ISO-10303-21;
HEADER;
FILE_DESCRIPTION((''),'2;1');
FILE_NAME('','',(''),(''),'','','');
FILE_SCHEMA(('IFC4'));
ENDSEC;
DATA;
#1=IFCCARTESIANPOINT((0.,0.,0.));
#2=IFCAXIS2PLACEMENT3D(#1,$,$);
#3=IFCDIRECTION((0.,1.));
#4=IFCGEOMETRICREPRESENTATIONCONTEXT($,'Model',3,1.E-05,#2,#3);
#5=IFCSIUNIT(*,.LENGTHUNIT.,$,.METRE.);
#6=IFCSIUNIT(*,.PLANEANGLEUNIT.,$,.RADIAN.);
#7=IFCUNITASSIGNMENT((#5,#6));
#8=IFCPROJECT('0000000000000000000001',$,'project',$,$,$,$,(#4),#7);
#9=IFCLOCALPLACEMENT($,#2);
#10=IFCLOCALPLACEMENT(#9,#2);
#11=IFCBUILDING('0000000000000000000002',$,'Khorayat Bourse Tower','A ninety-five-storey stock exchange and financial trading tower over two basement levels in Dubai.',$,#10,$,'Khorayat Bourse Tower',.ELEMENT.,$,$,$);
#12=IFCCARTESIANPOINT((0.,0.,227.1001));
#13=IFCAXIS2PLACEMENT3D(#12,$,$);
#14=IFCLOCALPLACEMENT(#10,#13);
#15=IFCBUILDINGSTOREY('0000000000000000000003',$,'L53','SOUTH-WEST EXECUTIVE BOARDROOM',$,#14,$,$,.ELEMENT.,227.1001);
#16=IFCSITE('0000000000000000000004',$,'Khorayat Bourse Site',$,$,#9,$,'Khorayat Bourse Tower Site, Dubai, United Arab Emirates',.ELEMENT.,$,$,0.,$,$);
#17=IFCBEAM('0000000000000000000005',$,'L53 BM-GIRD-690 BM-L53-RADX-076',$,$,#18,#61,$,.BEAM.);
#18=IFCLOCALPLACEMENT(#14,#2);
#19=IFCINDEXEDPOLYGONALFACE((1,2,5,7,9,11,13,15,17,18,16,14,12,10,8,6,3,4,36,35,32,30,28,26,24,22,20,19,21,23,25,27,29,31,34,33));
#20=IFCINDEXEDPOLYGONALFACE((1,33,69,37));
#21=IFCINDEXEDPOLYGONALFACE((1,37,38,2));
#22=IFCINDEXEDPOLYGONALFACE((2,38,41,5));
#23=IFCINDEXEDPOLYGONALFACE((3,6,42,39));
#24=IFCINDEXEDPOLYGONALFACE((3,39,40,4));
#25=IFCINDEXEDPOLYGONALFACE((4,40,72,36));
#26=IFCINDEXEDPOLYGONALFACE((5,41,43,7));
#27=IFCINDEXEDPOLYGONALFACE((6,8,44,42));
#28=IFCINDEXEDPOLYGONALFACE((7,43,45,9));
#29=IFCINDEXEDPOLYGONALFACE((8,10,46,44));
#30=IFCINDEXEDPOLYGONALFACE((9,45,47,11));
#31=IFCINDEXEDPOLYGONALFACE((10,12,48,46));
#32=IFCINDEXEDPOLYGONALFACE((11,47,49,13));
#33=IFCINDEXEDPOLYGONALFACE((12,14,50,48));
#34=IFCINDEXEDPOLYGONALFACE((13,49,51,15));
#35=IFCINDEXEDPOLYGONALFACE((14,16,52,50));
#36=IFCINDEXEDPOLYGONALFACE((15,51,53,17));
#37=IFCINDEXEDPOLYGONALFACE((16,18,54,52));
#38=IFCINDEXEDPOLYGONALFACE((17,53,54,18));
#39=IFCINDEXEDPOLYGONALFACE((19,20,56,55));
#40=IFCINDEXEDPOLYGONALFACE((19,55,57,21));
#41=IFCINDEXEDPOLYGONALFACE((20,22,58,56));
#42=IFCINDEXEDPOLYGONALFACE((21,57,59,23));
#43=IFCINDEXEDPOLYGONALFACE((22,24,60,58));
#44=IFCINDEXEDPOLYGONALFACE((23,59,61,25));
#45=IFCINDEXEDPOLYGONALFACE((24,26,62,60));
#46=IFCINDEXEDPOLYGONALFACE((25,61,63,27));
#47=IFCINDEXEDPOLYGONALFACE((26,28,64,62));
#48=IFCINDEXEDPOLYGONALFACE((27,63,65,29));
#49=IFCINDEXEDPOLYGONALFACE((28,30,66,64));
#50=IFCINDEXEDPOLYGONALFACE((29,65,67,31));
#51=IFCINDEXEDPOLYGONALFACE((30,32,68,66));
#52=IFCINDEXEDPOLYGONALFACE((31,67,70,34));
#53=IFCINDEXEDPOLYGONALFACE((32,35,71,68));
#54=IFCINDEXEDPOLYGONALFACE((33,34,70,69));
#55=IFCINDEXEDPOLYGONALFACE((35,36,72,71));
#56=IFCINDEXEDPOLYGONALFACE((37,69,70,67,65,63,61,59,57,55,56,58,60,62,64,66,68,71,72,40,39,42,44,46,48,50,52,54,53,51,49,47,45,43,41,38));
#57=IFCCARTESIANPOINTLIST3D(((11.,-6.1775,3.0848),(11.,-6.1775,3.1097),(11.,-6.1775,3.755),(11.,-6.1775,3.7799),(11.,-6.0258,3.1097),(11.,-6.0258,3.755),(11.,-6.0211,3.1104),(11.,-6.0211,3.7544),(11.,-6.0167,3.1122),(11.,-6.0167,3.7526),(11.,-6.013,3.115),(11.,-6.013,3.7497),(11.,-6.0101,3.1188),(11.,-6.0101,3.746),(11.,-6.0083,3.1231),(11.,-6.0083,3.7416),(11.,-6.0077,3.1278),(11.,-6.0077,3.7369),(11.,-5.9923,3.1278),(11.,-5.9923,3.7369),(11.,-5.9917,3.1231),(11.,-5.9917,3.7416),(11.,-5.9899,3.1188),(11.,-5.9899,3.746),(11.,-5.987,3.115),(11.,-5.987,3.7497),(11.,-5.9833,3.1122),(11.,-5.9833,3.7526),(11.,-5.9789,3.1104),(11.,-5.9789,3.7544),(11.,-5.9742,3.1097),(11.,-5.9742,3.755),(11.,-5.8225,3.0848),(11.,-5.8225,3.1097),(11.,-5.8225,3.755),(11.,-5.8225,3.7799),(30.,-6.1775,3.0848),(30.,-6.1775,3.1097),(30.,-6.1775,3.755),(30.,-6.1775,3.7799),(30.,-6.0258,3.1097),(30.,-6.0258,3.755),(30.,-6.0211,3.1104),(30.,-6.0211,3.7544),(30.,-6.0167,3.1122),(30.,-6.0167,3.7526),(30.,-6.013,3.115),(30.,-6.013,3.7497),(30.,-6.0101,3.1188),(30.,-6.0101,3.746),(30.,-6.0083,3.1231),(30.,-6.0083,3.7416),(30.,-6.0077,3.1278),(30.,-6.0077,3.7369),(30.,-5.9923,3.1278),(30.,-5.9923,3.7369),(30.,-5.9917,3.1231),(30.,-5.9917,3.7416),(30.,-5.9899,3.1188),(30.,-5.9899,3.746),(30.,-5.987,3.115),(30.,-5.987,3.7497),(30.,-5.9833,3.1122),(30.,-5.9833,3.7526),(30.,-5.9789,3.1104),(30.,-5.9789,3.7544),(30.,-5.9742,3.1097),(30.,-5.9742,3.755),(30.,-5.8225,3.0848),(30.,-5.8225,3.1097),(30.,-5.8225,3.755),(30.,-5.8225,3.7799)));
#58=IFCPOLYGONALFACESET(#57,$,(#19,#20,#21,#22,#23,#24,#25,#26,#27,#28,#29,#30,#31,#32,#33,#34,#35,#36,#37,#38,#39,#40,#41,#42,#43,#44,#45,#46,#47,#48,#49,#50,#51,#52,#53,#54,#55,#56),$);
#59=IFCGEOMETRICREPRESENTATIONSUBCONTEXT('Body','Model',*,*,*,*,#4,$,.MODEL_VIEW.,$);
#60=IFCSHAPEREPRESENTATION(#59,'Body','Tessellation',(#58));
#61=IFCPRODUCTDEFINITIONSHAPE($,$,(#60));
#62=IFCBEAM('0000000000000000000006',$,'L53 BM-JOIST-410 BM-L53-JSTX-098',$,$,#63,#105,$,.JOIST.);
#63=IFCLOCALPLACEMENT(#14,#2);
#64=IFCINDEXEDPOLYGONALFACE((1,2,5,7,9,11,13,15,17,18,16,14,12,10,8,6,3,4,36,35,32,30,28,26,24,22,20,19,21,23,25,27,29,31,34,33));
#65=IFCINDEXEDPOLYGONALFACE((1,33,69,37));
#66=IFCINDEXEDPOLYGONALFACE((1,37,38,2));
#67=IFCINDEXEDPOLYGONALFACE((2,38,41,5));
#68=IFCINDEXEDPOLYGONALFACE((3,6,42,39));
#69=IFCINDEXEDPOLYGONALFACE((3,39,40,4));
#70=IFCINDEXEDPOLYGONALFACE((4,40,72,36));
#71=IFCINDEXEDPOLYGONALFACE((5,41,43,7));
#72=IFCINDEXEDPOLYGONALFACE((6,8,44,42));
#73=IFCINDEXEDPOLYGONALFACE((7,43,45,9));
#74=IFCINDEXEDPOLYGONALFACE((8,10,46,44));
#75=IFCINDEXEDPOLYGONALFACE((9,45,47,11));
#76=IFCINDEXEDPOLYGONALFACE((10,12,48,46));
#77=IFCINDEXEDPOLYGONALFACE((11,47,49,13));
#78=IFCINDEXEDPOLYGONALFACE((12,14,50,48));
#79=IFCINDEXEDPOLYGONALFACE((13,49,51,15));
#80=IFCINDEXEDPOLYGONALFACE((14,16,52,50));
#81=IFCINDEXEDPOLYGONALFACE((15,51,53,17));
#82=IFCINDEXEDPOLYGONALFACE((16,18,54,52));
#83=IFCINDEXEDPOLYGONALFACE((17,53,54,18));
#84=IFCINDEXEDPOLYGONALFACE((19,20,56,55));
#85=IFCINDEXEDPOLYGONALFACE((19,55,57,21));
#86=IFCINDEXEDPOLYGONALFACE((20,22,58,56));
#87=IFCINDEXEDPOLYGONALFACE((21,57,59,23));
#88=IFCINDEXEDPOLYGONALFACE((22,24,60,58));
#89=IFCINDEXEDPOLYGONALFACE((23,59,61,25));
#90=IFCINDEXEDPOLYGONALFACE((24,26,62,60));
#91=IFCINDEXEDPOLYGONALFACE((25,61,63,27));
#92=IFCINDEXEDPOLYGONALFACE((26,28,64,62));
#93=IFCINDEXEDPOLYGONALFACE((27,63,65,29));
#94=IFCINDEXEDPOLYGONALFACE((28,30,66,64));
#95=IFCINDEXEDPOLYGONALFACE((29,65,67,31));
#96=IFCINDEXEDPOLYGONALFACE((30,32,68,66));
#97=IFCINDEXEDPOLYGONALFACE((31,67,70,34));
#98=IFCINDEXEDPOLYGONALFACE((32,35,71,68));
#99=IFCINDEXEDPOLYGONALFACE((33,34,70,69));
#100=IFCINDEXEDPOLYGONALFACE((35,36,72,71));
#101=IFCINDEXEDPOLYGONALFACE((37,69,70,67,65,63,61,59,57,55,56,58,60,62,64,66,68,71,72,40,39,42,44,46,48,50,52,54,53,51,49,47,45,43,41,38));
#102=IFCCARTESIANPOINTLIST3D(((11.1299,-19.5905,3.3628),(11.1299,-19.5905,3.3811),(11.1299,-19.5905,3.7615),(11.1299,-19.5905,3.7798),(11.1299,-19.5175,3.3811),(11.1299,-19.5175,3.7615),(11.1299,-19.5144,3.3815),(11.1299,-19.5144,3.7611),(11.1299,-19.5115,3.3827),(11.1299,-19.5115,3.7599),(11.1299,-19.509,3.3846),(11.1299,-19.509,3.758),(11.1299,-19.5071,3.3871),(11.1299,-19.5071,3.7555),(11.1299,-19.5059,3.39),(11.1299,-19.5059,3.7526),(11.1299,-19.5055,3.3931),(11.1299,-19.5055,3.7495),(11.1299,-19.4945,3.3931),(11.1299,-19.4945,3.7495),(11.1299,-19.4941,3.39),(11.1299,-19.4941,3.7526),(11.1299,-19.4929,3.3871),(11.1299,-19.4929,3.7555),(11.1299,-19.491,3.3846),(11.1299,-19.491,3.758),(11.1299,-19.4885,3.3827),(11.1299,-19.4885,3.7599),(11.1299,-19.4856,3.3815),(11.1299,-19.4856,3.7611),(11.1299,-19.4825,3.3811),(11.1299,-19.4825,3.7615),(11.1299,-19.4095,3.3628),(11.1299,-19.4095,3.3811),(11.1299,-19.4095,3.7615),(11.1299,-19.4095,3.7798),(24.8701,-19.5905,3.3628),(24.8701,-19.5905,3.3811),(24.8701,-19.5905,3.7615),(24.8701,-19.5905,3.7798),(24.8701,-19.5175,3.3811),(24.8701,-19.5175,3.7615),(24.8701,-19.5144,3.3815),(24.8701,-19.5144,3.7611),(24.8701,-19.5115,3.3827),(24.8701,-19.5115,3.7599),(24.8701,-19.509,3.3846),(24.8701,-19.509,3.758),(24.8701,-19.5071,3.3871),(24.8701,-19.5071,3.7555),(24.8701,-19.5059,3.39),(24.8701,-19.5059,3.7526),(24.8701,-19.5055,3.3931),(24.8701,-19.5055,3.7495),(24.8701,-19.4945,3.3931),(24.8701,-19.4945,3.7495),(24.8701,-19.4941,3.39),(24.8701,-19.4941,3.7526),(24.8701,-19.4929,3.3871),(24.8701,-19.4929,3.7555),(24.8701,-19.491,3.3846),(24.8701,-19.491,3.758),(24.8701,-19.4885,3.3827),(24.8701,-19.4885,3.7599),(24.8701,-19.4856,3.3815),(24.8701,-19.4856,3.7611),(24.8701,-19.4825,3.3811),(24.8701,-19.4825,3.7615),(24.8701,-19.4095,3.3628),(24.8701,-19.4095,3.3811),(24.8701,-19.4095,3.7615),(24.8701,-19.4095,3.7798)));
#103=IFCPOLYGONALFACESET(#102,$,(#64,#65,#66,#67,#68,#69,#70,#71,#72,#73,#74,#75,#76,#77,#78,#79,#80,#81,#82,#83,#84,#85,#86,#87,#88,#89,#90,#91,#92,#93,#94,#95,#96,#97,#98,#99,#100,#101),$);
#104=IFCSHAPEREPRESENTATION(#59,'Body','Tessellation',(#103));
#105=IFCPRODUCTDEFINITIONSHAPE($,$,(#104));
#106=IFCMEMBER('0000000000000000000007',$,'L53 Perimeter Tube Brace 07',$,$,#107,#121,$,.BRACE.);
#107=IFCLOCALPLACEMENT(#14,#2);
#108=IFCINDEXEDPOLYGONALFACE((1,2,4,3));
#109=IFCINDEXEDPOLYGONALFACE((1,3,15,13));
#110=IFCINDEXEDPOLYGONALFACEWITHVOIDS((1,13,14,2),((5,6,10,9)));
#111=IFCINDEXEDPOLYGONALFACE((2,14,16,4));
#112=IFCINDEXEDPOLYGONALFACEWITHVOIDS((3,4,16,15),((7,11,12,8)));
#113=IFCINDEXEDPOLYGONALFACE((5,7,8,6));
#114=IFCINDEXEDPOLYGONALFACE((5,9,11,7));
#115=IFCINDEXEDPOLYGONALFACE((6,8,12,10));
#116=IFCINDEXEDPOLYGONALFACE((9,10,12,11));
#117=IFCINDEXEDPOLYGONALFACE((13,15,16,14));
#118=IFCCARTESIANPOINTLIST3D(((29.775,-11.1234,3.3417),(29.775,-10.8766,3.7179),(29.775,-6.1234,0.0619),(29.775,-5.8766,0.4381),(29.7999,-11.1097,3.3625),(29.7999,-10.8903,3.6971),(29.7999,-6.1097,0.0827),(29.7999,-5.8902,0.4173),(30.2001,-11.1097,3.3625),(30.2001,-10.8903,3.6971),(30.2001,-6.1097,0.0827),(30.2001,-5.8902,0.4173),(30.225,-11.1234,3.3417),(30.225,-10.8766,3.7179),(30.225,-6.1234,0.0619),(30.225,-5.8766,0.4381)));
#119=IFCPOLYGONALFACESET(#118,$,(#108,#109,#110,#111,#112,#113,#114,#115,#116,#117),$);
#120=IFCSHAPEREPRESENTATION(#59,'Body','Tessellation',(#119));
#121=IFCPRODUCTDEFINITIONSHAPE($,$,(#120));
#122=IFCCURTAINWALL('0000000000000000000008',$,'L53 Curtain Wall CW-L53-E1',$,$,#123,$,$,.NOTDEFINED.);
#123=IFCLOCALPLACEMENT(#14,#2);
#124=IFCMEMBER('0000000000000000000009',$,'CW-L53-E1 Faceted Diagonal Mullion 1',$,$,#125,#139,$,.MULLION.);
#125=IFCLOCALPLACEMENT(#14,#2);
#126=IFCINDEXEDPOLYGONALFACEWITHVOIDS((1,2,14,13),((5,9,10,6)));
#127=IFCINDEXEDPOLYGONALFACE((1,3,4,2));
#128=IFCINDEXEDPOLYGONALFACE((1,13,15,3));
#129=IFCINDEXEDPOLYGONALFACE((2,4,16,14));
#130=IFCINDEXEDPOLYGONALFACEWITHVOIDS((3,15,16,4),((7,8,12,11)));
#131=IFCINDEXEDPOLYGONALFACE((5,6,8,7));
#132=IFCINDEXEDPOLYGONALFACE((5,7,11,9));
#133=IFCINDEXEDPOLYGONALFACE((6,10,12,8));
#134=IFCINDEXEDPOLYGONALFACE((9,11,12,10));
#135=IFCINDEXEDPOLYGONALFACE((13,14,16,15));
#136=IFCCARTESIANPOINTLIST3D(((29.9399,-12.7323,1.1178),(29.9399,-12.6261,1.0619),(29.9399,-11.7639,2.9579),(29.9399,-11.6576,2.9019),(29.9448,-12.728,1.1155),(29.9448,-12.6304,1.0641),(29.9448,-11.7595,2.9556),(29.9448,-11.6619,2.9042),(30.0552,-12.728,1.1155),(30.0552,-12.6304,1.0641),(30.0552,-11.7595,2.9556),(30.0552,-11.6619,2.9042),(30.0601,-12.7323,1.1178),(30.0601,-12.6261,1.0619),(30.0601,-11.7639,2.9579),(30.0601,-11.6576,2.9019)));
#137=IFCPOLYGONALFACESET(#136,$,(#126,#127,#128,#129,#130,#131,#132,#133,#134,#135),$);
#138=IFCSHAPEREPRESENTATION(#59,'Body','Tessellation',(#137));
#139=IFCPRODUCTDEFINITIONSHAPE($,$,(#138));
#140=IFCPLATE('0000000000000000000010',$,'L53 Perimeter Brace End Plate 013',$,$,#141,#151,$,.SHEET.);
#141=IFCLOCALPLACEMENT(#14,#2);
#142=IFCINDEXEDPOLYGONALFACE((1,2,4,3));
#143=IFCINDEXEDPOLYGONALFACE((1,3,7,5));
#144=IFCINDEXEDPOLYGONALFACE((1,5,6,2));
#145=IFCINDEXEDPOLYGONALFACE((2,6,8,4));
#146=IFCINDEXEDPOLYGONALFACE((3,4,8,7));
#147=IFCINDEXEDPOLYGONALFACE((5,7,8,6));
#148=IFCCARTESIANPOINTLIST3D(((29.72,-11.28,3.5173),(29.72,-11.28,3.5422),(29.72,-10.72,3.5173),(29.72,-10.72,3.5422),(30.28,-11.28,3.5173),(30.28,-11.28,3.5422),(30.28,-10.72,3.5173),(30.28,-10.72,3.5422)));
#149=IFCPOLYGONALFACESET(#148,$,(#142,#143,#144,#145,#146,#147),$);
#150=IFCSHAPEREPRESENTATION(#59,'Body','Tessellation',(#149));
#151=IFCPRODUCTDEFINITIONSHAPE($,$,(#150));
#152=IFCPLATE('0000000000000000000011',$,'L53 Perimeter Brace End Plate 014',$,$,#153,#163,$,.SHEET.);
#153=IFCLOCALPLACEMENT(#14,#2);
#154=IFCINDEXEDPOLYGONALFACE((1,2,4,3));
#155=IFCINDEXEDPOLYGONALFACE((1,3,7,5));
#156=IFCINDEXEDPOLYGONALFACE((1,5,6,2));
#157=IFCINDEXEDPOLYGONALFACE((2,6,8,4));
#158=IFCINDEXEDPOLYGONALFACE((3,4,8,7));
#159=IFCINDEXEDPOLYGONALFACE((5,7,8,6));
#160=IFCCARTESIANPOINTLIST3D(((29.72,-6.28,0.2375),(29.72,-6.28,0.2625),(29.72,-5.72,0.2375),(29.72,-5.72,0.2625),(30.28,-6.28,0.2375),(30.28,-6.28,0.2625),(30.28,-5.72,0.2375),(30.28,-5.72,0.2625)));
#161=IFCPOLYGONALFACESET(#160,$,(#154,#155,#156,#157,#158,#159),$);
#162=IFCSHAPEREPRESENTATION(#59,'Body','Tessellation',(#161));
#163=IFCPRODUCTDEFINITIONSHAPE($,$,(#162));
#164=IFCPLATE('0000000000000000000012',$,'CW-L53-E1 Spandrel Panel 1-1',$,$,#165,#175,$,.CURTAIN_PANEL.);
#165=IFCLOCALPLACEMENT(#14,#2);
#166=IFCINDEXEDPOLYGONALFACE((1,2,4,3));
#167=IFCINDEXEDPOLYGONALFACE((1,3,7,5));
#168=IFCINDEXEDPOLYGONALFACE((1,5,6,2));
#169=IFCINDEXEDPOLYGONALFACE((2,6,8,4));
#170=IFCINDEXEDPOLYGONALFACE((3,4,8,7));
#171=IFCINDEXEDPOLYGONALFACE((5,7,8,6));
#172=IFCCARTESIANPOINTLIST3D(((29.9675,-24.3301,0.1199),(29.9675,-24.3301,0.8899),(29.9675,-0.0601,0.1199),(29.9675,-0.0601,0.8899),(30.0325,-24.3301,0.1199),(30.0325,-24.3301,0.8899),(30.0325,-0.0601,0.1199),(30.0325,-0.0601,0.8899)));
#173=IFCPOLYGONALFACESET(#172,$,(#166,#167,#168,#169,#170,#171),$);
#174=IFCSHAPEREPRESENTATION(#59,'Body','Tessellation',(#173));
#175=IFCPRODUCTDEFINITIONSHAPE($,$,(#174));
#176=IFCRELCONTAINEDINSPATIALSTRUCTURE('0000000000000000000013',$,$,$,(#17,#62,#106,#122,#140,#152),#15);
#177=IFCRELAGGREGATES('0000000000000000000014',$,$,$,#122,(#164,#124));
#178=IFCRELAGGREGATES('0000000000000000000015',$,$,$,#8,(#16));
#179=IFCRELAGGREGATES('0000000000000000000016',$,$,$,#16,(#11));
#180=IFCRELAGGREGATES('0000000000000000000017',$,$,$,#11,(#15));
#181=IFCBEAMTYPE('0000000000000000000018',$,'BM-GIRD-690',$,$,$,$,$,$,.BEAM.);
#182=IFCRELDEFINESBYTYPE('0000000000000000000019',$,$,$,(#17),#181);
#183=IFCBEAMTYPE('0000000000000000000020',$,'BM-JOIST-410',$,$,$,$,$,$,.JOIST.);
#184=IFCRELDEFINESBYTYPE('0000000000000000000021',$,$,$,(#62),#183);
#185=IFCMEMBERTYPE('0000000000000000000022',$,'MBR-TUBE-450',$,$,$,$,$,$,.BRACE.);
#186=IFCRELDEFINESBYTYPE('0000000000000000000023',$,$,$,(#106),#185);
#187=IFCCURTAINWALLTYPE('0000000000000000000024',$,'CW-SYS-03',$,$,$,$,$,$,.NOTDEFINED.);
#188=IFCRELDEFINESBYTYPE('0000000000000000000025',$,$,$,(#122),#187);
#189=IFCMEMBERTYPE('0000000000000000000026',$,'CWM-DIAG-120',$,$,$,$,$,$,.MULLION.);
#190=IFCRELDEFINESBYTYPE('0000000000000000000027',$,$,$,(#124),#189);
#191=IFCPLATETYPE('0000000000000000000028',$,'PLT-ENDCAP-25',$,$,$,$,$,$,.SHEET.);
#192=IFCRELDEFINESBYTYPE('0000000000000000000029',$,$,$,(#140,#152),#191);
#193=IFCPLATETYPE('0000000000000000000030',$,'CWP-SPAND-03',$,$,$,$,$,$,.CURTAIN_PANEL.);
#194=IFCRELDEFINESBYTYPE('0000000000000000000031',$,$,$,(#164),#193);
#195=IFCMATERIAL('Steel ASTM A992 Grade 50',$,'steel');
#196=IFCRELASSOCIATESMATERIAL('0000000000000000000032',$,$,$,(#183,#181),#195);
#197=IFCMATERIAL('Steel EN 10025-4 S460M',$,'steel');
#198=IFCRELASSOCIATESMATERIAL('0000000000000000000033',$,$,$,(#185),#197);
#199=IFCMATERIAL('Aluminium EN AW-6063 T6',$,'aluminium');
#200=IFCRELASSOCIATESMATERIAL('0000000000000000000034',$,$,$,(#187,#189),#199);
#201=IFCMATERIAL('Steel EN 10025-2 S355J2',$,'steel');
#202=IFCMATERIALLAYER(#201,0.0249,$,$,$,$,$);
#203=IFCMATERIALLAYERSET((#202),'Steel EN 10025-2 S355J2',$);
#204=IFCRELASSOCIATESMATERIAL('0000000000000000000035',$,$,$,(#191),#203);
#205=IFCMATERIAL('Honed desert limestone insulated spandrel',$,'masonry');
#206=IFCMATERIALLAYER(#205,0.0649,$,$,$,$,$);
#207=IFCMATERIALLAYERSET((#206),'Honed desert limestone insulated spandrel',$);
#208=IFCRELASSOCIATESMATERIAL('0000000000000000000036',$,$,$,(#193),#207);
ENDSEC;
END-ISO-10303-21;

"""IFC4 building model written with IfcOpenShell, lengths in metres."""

from ifc_helpers import new_model, si_unit, direction, frame, origin, origin_2d, place, context, subcontext, project, spatial, rectangle, hollow_rectangle, i_section, extrude, source, transform, mapped, material, layer, layer_set, material_profile, profile_set, type_object, element, aggregate, save


model = new_model("IFC4")

# Units and contexts
model_context = context("Model", 3, precision=1e-05, world=origin(), true_north=direction((0.0, 1.0)))
body_context = subcontext(model_context, "Body", "Model", "MODEL_VIEW")
ifc_project = project(units=[si_unit("LENGTHUNIT", "METRE"), si_unit("PLANEANGLEUNIT", "RADIAN")], contexts=[model_context])

# Site, building, storey
site_placement = place(None, origin())
site = spatial("IfcSite", under=ifc_project, at=site_placement, Name="Khorayat Bourse Site", LongName="Khorayat Bourse Tower Site, Dubai, United Arab Emirates", CompositionType="ELEMENT", RefElevation=0.0)
building_placement = place(site_placement, origin())
building = spatial("IfcBuilding", under=site, at=building_placement, Name="Khorayat Bourse Tower", Description="A ninety-five-storey stock exchange and financial trading tower over two basement levels in Dubai.", LongName="Khorayat Bourse Tower", CompositionType="ELEMENT")
storey_placement = place(building_placement, frame((0.0, 0.0, 227.1001)))
storey = spatial("IfcBuildingStorey", under=building, at=storey_placement, Name="L53", Description="SOUTH-WEST EXECUTIVE BOARDROOM", CompositionType="ELEMENT", Elevation=227.1001)

# Shared definitions
ifc_material_1 = material(Name="Steel EN 10025-4 S460M", Category="steel")

# Beams
ifc_material_2 = material(Name="Steel ASTM A992 Grade 50", Category="steel")
ifc_material_profile_1 = material_profile(ifc_material_2, i_section(OverallWidth=0.1809, OverallDepth=0.417, WebThickness=0.011, FlangeThickness=0.0183, FilletRadius=0.012, at=origin_2d()), Name="W410X85")
ifc_profile_set_1 = profile_set([ifc_material_profile_1], Name="Steel ASTM A992 Grade 50")
beam_type_1 = type_object("IfcBeamType", Name="BM-JOIST-410", PredefinedType="JOIST", material=ifc_profile_set_1)
ifc_material_profile_2 = material_profile(ifc_material_2, i_section(OverallWidth=0.355, OverallDepth=0.6951, WebThickness=0.0154, FlangeThickness=0.0249, FilletRadius=0.0181, at=origin_2d()), Name="W690X217")
ifc_profile_set_2 = profile_set([ifc_material_profile_2], Name="Steel ASTM A992 Grade 50")
beam_type_2 = type_object("IfcBeamType", Name="BM-GIRD-690", PredefinedType="BEAM", material=ifc_profile_set_2)
shared_shape_1 = source(origin(), body_context, "Body", "SweptSolid", [
    extrude(i_section(OverallWidth=0.355, OverallDepth=0.6951, WebThickness=0.0154, FlangeThickness=0.0249, FilletRadius=0.0181, at=origin_2d()), origin(), (0.0, 0.0, 1.0), 19.0),
])
beam_1_placement = place(storey_placement, frame((11.0, -6.0, 3.4324), z_axis=(1.0, 0.0, 0.0), x_axis=(0.0, 1.0, 0.0)))
element("IfcBeam", 1, at=beam_1_placement, inside=storey, type_object=beam_type_2, Name="L53 BM-GIRD-690 BM-L53-RADX-076", PredefinedType="BEAM", context=body_context, shape_type="MappedRepresentation", body=[
    mapped(shared_shape_1, transform((0.0, 0.0, 0.0), scale=1.0)),
])
shared_shape_2 = source(origin(), body_context, "Body", "SweptSolid", [
    extrude(i_section(OverallWidth=0.1809, OverallDepth=0.417, WebThickness=0.011, FlangeThickness=0.0183, FilletRadius=0.012, at=origin_2d()), origin(), (0.0, 0.0, 1.0), 13.7402),
])
beam_2_placement = place(storey_placement, frame((11.1299, -19.5, 3.5713), z_axis=(1.0, 0.0, 0.0), x_axis=(0.0, 1.0, 0.0)))
element("IfcBeam", 2, at=beam_2_placement, inside=storey, type_object=beam_type_1, Name="L53 BM-JOIST-410 BM-L53-JSTX-098", PredefinedType="JOIST", context=body_context, shape_type="MappedRepresentation", body=[
    mapped(shared_shape_2, transform((0.0, 0.0, 0.0), scale=1.0)),
])

# Member
ifc_material_profile_3 = material_profile(ifc_material_1, hollow_rectangle(XDim=0.45, YDim=0.45, WallThickness=0.0249, at=origin_2d()), Name="HSS 450x450x25")
ifc_profile_set_3 = profile_set([ifc_material_profile_3], Name="Steel EN 10025-4 S460M")
member_type_1 = type_object("IfcMemberType", Name="MBR-TUBE-450", PredefinedType="BRACE", material=ifc_profile_set_3)
shared_shape_3 = source(origin(), body_context, "Body", "SweptSolid", [
    extrude(hollow_rectangle(XDim=0.45, YDim=0.45, WallThickness=0.0249, at=origin_2d()), origin(), (0.0, 0.0, 1.0), 5.9797),
])
member_1_placement = place(storey_placement, frame((30.0, -11.0, 3.5298), z_axis=(0.0, 0.83616, -0.548485), x_axis=(-1.0, 0.0, 0.0)))
element("IfcMember", 3, at=member_1_placement, inside=storey, type_object=member_type_1, Name="L53 Perimeter Tube Brace 07", PredefinedType="BRACE", context=body_context, shape_type="MappedRepresentation", body=[
    mapped(shared_shape_3, transform((0.0, 0.0, 0.0), scale=1.0)),
])

# Curtain wall, member
ifc_material_3 = material(Name="Aluminium EN AW-6063 T6", Category="aluminium")
curtain_wall_type = type_object("IfcCurtainWallType", Name="CW-SYS-03", PredefinedType="NOTDEFINED", material=ifc_material_3)
curtain_wall_placement = place(storey_placement, origin())
curtain_wall = element("IfcCurtainWall", 4, at=curtain_wall_placement, inside=storey, type_object=curtain_wall_type, Name="L53 Curtain Wall CW-L53-E1", PredefinedType="NOTDEFINED")
ifc_material_profile_4 = material_profile(ifc_material_3, hollow_rectangle(XDim=0.1201, YDim=0.1201, WallThickness=0.0049, at=origin_2d()), Name="ALU 120x120x5")
ifc_profile_set_4 = profile_set([ifc_material_profile_4], Name="Aluminium EN AW-6063 T6")
member_type_2 = type_object("IfcMemberType", Name="CWM-DIAG-120", PredefinedType="MULLION", material=ifc_profile_set_4)
shared_shape_4 = source(origin(), body_context, "Body", "SweptSolid", [
    extrude(hollow_rectangle(XDim=0.1201, YDim=0.1201, WallThickness=0.0049, at=origin_2d()), origin(), (0.0, 0.0, 1.0), 2.0793),
])
member_2_placement = place(storey_placement, frame((30.0, -12.6792, 1.0898), z_axis=(0.0, 0.465761, 0.884911), x_axis=(-1.0, 0.0, 0.0)))
member_2 = element("IfcMember", 5, at=member_2_placement, type_object=member_type_2, Name="CW-L53-E1 Faceted Diagonal Mullion 1", PredefinedType="MULLION", context=body_context, shape_type="MappedRepresentation", body=[
    mapped(shared_shape_4, transform((0.0, 0.0, 0.0), scale=1.0)),
])

# Plates
ifc_material_4 = material(Name="Steel EN 10025-2 S355J2", Category="steel")
ifc_layer_1 = layer(ifc_material_4, 0.0249)
ifc_layer_set_1 = layer_set([ifc_layer_1], Name="Steel EN 10025-2 S355J2")
plate_type_1 = type_object("IfcPlateType", Name="PLT-ENDCAP-25", PredefinedType="SHEET", material=ifc_layer_set_1)
shared_shape_5 = source(origin(), body_context, "Body", "SweptSolid", [
    extrude(rectangle(XDim=0.5601, YDim=0.5601, at=origin_2d()), origin(), (0.0, 0.0, 1.0), 0.0249),
])
for number, where, z_axis, x_axis, name in (
    (6, (30.0, -11.0, 3.5173), (0.0, 0.0, 1.0), (1.0, 0.0, 0.0), "L53 Perimeter Brace End Plate 013"),
    (7, (30.0, -6.0, 0.2375), (0.0, 0.0, 1.0), (1.0, 0.0, 0.0), "L53 Perimeter Brace End Plate 014"),
):
    element("IfcPlate", number, at=place(storey_placement, frame(where, z_axis=z_axis, x_axis=x_axis)), inside=storey, type_object=plate_type_1, Name=name, PredefinedType="SHEET", context=body_context, shape_type="MappedRepresentation", body=[
        mapped(shared_shape_5, transform((0.0, 0.0, 0.0), scale=1.0)),
    ])

# Plate
ifc_material_5 = material(Name="Honed desert limestone insulated spandrel", Category="masonry")
ifc_layer_2 = layer(ifc_material_5, 0.0649)
ifc_layer_set_2 = layer_set([ifc_layer_2], Name="Honed desert limestone insulated spandrel")
plate_type_2 = type_object("IfcPlateType", Name="CWP-SPAND-03", PredefinedType="CURTAIN_PANEL", material=ifc_layer_set_2)
shared_shape_6 = source(origin(), body_context, "Body", "SweptSolid", [
    extrude(rectangle(XDim=24.27, YDim=0.0649, at=origin_2d()), origin(), (0.0, 0.0, 1.0), 0.77),
])
plate_1_placement = place(storey_placement, frame((30.0, -12.1951, 0.1199), z_axis=(0.0, 0.0, 1.0), x_axis=(0.0, 1.0, 0.0)))
plate_1 = element("IfcPlate", 8, at=plate_1_placement, type_object=plate_type_2, Name="CW-L53-E1 Spandrel Panel 1-1", PredefinedType="CURTAIN_PANEL", context=body_context, shape_type="MappedRepresentation", body=[
    mapped(shared_shape_6, transform((0.0, 0.0, 0.0), scale=1.0)),
])
aggregate(curtain_wall, [plate_1, member_2])

save(model, "model.ifc")
